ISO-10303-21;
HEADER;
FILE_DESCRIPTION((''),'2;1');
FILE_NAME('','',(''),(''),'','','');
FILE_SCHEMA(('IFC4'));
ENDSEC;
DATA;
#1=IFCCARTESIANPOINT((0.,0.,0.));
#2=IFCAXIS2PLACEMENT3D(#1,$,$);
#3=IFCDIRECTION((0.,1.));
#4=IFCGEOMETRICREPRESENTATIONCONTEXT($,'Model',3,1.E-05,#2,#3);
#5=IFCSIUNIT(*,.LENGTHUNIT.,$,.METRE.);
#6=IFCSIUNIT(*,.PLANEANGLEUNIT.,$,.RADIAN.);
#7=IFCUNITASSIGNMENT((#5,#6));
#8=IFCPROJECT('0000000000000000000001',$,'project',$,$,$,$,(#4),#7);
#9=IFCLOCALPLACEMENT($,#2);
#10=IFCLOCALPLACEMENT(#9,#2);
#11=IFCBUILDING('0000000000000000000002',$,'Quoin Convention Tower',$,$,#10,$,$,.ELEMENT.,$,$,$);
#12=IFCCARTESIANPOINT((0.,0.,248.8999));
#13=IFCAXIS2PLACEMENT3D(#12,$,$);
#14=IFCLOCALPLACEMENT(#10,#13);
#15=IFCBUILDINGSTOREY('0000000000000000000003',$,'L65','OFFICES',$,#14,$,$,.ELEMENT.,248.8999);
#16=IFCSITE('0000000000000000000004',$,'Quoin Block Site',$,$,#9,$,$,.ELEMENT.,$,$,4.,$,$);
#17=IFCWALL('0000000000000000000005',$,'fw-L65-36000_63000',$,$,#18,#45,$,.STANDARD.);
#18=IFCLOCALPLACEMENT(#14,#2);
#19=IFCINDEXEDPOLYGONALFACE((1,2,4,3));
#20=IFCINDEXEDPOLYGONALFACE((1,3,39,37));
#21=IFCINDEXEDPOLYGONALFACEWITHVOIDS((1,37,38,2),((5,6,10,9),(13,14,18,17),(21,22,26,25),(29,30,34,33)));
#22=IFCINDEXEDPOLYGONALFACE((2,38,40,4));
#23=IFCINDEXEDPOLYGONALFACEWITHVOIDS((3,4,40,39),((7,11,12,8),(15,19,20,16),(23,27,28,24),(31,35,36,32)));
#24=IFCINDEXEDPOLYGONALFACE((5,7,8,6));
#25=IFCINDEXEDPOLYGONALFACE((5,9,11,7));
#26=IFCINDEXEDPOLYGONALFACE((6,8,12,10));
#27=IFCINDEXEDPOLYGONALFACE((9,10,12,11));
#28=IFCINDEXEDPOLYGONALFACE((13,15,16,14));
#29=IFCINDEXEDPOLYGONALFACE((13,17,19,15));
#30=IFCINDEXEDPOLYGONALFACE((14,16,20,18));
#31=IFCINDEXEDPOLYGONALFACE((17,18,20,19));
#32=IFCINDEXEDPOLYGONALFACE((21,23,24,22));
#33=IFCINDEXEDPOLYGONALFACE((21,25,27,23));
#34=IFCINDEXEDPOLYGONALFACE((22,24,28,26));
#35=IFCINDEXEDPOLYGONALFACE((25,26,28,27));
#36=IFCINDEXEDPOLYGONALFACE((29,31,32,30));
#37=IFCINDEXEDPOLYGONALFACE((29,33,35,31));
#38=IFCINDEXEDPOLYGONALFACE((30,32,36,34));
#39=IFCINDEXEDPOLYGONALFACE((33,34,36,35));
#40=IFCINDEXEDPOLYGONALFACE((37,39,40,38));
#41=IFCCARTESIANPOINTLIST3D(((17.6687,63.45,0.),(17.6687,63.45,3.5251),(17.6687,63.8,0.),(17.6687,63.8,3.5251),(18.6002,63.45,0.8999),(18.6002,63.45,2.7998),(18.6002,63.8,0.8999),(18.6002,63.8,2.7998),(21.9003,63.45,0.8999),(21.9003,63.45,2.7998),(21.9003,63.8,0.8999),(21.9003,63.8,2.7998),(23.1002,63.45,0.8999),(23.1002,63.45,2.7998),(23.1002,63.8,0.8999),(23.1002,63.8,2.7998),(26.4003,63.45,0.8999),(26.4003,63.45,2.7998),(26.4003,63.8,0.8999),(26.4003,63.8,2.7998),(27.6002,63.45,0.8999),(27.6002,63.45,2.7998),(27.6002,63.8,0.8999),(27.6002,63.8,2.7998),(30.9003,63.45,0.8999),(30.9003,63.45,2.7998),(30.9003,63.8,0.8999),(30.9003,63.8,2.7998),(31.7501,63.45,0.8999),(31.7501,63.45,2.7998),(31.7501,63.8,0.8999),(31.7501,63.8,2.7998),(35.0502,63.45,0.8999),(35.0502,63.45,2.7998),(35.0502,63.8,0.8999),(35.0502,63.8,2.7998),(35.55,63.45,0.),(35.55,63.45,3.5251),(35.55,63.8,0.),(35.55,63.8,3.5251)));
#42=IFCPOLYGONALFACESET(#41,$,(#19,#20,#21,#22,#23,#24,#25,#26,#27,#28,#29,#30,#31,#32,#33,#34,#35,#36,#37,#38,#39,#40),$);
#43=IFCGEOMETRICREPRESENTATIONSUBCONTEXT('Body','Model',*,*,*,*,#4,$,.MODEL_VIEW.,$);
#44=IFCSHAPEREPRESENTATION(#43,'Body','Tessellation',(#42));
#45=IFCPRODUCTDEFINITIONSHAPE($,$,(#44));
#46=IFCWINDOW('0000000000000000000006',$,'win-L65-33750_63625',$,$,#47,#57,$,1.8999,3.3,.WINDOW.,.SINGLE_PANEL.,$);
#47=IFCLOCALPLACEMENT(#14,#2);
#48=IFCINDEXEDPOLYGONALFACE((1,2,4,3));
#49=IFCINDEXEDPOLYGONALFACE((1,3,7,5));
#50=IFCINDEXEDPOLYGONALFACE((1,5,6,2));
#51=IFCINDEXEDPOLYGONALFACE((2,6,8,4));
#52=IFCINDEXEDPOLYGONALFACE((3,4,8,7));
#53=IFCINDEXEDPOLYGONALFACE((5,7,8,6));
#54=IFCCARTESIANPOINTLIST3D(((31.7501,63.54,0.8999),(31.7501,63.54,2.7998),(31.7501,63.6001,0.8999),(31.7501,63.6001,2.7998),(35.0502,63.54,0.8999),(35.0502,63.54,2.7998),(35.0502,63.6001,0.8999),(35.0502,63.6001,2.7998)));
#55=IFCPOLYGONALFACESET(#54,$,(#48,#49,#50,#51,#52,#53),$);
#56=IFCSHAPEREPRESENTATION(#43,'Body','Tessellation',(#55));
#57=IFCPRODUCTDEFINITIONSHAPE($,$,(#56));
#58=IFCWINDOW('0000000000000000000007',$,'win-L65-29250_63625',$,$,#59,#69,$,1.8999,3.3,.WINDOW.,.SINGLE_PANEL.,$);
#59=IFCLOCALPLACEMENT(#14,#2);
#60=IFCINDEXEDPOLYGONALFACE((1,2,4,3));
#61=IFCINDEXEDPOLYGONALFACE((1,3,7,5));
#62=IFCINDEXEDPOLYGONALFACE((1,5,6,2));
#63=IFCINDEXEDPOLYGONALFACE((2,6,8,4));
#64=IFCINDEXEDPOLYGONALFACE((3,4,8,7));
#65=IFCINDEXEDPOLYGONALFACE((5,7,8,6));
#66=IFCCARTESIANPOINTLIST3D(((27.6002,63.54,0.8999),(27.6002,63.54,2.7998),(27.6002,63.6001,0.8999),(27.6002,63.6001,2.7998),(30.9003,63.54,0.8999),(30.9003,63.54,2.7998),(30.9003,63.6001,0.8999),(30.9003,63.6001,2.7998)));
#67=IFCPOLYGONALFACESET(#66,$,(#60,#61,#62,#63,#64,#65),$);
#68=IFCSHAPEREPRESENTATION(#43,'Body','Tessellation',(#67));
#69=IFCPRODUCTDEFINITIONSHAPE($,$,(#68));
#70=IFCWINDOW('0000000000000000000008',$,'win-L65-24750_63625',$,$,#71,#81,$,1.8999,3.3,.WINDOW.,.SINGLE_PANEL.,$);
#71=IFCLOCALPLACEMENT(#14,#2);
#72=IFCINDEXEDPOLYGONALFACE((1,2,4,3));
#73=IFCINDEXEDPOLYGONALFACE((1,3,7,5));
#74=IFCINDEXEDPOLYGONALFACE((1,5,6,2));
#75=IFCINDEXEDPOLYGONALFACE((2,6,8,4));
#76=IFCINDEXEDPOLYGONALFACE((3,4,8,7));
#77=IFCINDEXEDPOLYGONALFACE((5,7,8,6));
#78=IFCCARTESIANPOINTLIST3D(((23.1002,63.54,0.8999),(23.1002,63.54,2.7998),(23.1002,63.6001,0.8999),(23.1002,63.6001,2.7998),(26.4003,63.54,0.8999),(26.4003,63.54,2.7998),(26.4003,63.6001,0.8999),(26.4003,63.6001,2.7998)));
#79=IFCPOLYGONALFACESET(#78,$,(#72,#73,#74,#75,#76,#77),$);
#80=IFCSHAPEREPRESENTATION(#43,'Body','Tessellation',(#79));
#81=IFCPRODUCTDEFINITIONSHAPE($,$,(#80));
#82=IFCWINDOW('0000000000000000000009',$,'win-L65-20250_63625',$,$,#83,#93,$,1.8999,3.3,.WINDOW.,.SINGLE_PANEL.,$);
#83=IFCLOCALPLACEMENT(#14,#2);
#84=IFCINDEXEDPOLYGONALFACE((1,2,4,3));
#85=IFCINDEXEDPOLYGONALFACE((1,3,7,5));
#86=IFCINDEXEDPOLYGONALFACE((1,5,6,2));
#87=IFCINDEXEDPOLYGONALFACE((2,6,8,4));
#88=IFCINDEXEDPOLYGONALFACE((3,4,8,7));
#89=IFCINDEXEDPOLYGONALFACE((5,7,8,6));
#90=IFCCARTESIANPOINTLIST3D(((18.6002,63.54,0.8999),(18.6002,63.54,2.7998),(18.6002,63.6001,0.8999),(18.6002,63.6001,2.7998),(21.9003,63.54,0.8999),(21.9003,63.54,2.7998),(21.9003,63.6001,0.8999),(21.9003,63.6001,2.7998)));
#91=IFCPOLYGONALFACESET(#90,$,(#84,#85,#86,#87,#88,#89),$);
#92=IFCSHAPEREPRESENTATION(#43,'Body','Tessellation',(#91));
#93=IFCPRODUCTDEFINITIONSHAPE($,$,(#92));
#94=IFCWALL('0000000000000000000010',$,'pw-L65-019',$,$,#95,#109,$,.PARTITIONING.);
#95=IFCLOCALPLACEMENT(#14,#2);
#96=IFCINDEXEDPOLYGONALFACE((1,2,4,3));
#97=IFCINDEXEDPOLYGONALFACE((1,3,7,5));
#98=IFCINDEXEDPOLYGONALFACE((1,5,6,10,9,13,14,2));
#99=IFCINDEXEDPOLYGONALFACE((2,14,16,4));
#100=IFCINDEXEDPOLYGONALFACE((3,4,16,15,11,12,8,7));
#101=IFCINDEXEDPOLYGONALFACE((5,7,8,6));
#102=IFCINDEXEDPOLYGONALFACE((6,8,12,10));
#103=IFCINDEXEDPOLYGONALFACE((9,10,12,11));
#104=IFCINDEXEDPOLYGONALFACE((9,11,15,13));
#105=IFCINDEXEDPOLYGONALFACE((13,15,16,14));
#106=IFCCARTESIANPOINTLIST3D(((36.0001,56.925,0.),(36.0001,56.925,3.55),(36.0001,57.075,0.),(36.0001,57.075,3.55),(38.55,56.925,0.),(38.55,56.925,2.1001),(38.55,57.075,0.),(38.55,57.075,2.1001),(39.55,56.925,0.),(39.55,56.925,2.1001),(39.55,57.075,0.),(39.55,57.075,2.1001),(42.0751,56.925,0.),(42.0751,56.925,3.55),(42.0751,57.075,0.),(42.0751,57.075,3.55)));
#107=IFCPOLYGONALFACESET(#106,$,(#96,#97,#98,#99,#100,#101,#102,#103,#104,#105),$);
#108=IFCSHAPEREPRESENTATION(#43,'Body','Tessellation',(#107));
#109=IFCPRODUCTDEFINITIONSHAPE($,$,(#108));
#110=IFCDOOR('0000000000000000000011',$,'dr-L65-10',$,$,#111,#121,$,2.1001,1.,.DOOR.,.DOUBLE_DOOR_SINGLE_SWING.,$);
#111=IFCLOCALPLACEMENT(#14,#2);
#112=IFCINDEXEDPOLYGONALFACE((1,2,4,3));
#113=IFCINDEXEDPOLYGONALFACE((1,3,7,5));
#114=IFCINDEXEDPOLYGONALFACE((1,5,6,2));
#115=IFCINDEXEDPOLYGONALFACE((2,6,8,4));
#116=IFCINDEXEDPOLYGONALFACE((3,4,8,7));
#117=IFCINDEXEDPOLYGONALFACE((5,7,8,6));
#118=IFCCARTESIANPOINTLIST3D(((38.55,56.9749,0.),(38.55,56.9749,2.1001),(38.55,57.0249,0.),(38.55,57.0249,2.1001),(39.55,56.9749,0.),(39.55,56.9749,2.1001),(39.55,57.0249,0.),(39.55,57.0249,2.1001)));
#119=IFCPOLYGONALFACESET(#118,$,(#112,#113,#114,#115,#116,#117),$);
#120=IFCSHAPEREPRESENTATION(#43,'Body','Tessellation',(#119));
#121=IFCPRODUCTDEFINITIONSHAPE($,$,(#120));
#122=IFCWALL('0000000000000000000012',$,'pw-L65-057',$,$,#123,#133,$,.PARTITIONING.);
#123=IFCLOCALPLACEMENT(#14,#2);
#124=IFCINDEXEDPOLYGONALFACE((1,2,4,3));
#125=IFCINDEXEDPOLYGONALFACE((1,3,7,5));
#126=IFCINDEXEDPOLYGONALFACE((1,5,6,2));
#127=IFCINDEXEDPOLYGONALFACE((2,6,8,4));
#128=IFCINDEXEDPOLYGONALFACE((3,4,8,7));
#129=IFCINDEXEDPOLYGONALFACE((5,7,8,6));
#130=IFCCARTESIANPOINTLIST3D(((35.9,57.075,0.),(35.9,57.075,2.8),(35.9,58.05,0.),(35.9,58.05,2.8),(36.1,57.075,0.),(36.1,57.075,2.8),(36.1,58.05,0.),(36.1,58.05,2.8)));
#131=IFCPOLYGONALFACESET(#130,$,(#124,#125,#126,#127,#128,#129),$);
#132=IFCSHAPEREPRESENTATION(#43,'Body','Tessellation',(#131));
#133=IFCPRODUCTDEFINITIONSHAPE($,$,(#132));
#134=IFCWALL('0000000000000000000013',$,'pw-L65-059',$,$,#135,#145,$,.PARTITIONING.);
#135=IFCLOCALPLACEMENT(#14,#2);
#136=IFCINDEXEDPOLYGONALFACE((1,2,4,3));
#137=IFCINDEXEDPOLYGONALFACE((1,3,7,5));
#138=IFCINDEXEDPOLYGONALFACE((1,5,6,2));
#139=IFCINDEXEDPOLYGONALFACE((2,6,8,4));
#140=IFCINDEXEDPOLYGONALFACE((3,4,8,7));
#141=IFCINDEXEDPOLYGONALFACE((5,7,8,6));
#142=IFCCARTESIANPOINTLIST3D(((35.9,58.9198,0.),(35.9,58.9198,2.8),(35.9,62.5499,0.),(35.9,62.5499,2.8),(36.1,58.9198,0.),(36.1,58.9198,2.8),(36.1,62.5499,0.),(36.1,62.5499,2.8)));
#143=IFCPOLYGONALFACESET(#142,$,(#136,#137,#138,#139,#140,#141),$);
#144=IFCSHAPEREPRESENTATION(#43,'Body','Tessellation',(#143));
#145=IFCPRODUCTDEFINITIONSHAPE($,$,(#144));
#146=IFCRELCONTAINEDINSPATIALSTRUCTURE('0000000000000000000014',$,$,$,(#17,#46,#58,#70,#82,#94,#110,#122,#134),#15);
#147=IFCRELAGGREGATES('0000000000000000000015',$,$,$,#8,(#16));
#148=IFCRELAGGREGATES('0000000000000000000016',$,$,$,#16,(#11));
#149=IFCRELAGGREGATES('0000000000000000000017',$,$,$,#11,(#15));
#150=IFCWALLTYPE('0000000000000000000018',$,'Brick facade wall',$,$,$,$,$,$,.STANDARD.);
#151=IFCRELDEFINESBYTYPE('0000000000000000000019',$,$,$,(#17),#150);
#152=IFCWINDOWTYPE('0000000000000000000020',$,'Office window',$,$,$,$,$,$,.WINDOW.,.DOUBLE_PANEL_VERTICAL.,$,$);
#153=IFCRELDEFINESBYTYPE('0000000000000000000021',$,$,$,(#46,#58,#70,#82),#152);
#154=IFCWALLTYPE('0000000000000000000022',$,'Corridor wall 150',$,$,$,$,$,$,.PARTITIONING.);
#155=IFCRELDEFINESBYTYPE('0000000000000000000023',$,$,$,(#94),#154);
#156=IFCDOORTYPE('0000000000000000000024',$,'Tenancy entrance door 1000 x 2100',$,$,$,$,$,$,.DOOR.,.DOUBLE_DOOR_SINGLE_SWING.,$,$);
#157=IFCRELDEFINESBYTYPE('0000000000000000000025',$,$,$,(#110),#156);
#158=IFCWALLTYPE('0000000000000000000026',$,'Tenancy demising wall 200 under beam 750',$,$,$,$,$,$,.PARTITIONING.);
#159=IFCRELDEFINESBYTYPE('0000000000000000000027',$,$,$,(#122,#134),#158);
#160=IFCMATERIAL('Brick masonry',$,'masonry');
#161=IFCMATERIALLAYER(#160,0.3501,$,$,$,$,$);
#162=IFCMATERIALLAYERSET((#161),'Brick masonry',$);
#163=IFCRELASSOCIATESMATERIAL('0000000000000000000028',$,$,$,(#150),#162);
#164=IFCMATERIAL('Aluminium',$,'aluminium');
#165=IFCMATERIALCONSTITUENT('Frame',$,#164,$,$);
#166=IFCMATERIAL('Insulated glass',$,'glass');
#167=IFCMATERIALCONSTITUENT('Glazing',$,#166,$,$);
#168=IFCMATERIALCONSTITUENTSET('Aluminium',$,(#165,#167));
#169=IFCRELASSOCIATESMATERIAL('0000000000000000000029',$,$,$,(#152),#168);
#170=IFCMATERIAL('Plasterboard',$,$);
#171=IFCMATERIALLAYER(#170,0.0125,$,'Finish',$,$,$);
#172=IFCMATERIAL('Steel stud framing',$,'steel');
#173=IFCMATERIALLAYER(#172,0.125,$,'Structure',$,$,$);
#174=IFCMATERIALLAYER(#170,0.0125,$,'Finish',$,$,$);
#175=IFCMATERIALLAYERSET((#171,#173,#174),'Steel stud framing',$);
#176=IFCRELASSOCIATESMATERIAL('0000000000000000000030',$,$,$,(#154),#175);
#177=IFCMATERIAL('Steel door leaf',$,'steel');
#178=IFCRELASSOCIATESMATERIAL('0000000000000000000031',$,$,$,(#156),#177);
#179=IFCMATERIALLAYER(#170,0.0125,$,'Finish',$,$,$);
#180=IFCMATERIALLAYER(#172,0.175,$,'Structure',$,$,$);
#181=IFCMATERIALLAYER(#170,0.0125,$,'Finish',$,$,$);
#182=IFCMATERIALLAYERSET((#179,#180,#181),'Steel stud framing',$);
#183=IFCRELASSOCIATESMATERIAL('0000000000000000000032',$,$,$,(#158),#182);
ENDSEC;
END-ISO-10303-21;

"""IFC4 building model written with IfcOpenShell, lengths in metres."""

from ifc_helpers import new_model, si_unit, direction, frame, frame_2d, origin, place, context, subcontext, project, spatial, rectangle, extrude, material, layer, layer_set, constituent, constituent_set, type_object, element, fill, save


model = new_model("IFC4")

# Units and contexts
model_context = context("Model", 3, precision=1e-05, world=origin(), true_north=direction((0.0, 1.0)))
body_context = subcontext(model_context, "Body", "Model", "MODEL_VIEW")
ifc_project = project(units=[si_unit("LENGTHUNIT", "METRE"), si_unit("PLANEANGLEUNIT", "RADIAN")], contexts=[model_context])

# Site, building, storey
site_placement = place(None, origin())
site = spatial("IfcSite", under=ifc_project, at=site_placement, Name="Quoin Block Site", CompositionType="ELEMENT", RefElevation=4.0)
building_placement = place(site_placement, origin())
building = spatial("IfcBuilding", under=site, at=building_placement, Name="Quoin Convention Tower", CompositionType="ELEMENT")
storey_placement = place(building_placement, frame((0.0, 0.0, 248.8999)))
storey = spatial("IfcBuildingStorey", under=building, at=storey_placement, Name="L65", Description="OFFICES", CompositionType="ELEMENT", Elevation=248.8999)

# Wall, openings, windows
ifc_material_1 = material(Name="Brick masonry", Category="masonry")
ifc_layer_1 = layer(ifc_material_1, 0.3501)
ifc_layer_set_1 = layer_set([ifc_layer_1], Name="Brick masonry")
wall_type_1 = type_object("IfcWallType", Name="Brick facade wall", PredefinedType="STANDARD", material=ifc_layer_set_1)
wall_1_placement = place(storey_placement, frame((35.55, 63.625, 0.0), z_axis=(0.0, 0.0, 1.0), x_axis=(-1.0, 0.0, 0.0)))
wall_1 = element("IfcWall", 1, at=wall_1_placement, inside=storey, type_object=wall_type_1, Name="fw-L65-36000_63000", PredefinedType="STANDARD", context=body_context, shape_type="SweptSolid", body=[
    extrude(rectangle(XDim=17.8813, YDim=0.3501, at=frame_2d((8.9407, 0.0))), origin(), (0.0, 0.0, 1.0), 3.5251),
])
opening_1_placement = place(wall_1_placement, frame((0.5, 0.0, 0.8999)))
opening_1 = element("IfcOpeningElement", 2, at=opening_1_placement, cuts=wall_1, PredefinedType="OPENING", context=body_context, shape_type="SweptSolid", body=[
    extrude(rectangle(XDim=3.3, YDim=1.8999, at=frame_2d((1.6499, 0.95))), frame((0.0, 0.1851, 0.0), z_axis=(0.0, -1.0, 0.0), x_axis=(1.0, 0.0, 0.0)), (0.0, 0.0, 1.0), 0.3701),
])
opening_2_placement = place(wall_1_placement, frame((4.6499, 0.0, 0.8999)))
opening_2 = element("IfcOpeningElement", 3, at=opening_2_placement, cuts=wall_1, PredefinedType="OPENING", context=body_context, shape_type="SweptSolid", body=[
    extrude(rectangle(XDim=3.3, YDim=1.8999, at=frame_2d((1.6499, 0.95))), frame((0.0, 0.1851, 0.0), z_axis=(0.0, -1.0, 0.0), x_axis=(1.0, 0.0, 0.0)), (0.0, 0.0, 1.0), 0.3701),
])
opening_3_placement = place(wall_1_placement, frame((9.1499, 0.0, 0.8999)))
opening_3 = element("IfcOpeningElement", 4, at=opening_3_placement, cuts=wall_1, PredefinedType="OPENING", context=body_context, shape_type="SweptSolid", body=[
    extrude(rectangle(XDim=3.3, YDim=1.8999, at=frame_2d((1.6499, 0.95))), frame((0.0, 0.1851, 0.0), z_axis=(0.0, -1.0, 0.0), x_axis=(1.0, 0.0, 0.0)), (0.0, 0.0, 1.0), 0.3701),
])
opening_4_placement = place(wall_1_placement, frame((13.6499, 0.0, 0.8999)))
opening_4 = element("IfcOpeningElement", 5, at=opening_4_placement, cuts=wall_1, PredefinedType="OPENING", context=body_context, shape_type="SweptSolid", body=[
    extrude(rectangle(XDim=3.3, YDim=1.8999, at=frame_2d((1.6499, 0.95))), frame((0.0, 0.1851, 0.0), z_axis=(0.0, -1.0, 0.0), x_axis=(1.0, 0.0, 0.0)), (0.0, 0.0, 1.0), 0.3701),
])
ifc_material_2 = material(Name="Aluminium", Category="aluminium")
ifc_constituent_1 = constituent(ifc_material_2, Name="Frame")
ifc_material_3 = material(Name="Insulated glass", Category="glass")
ifc_constituent_2 = constituent(ifc_material_3, Name="Glazing")
ifc_constituent_set = constituent_set(constituents=[ifc_constituent_1, ifc_constituent_2], Name="Aluminium")
window_type = type_object("IfcWindowType", Name="Office window", PartitioningType="DOUBLE_PANEL_VERTICAL", PredefinedType="WINDOW", material=ifc_constituent_set)
window_1_placement = place(opening_1_placement, origin())
window_1 = element("IfcWindow", 6, at=window_1_placement, inside=storey, type_object=window_type, Name="win-L65-33750_63625", OverallHeight=1.8999, OverallWidth=3.3, PartitioningType="SINGLE_PANEL", PredefinedType="WINDOW", context=body_context, shape_type="SweptSolid", body=[
    extrude(rectangle(XDim=3.3, YDim=1.8999, at=frame_2d((1.6499, 0.95))), frame((0.0, 0.085, 0.0), z_axis=(0.0, -1.0, 0.0), x_axis=(1.0, 0.0, 0.0)), (0.0, 0.0, 1.0), 0.0601),
])
fill(opening_1, window_1)
window_2_placement = place(opening_2_placement, origin())
window_2 = element("IfcWindow", 7, at=window_2_placement, inside=storey, type_object=window_type, Name="win-L65-29250_63625", OverallHeight=1.8999, OverallWidth=3.3, PartitioningType="SINGLE_PANEL", PredefinedType="WINDOW", context=body_context, shape_type="SweptSolid", body=[
    extrude(rectangle(XDim=3.3, YDim=1.8999, at=frame_2d((1.6499, 0.95))), frame((0.0, 0.085, 0.0), z_axis=(0.0, -1.0, 0.0), x_axis=(1.0, 0.0, 0.0)), (0.0, 0.0, 1.0), 0.0601),
])
fill(opening_2, window_2)
window_3_placement = place(opening_3_placement, origin())
window_3 = element("IfcWindow", 8, at=window_3_placement, inside=storey, type_object=window_type, Name="win-L65-24750_63625", OverallHeight=1.8999, OverallWidth=3.3, PartitioningType="SINGLE_PANEL", PredefinedType="WINDOW", context=body_context, shape_type="SweptSolid", body=[
    extrude(rectangle(XDim=3.3, YDim=1.8999, at=frame_2d((1.6499, 0.95))), frame((0.0, 0.085, 0.0), z_axis=(0.0, -1.0, 0.0), x_axis=(1.0, 0.0, 0.0)), (0.0, 0.0, 1.0), 0.0601),
])
fill(opening_3, window_3)
window_4_placement = place(opening_4_placement, origin())
window_4 = element("IfcWindow", 9, at=window_4_placement, inside=storey, type_object=window_type, Name="win-L65-20250_63625", OverallHeight=1.8999, OverallWidth=3.3, PartitioningType="SINGLE_PANEL", PredefinedType="WINDOW", context=body_context, shape_type="SweptSolid", body=[
    extrude(rectangle(XDim=3.3, YDim=1.8999, at=frame_2d((1.6499, 0.95))), frame((0.0, 0.085, 0.0), z_axis=(0.0, -1.0, 0.0), x_axis=(1.0, 0.0, 0.0)), (0.0, 0.0, 1.0), 0.0601),
])
fill(opening_4, window_4)

# Wall, opening, door
ifc_material_4 = material(Name="Plasterboard")
ifc_layer_2 = layer(ifc_material_4, 0.0125, Name="Finish")
ifc_material_5 = material(Name="Steel stud framing", Category="steel")
ifc_layer_3 = layer(ifc_material_5, 0.125, Name="Structure")
ifc_layer_4 = layer(ifc_material_4, 0.0125, Name="Finish")
ifc_layer_set_2 = layer_set([ifc_layer_2, ifc_layer_3, ifc_layer_4], Name="Steel stud framing")
wall_type_2 = type_object("IfcWallType", Name="Corridor wall 150", PredefinedType="PARTITIONING", material=ifc_layer_set_2)
wall_2_placement = place(storey_placement, frame((36.0, 57.0, 0.0), z_axis=(0.0, 0.0, 1.0), x_axis=(1.0, 0.0, 0.0)))
wall_2 = element("IfcWall", 10, at=wall_2_placement, inside=storey, type_object=wall_type_2, Name="pw-L65-019", PredefinedType="PARTITIONING", context=body_context, shape_type="SweptSolid", body=[
    extrude(rectangle(XDim=6.075, YDim=0.1499, at=frame_2d((3.0376, 0.0))), origin(), (0.0, 0.0, 1.0), 3.55),
])
opening_5_placement = place(wall_2_placement, frame((2.55, 0.0, 0.0)))
opening_5 = element("IfcOpeningElement", 11, at=opening_5_placement, cuts=wall_2, PredefinedType="OPENING", context=body_context, shape_type="SweptSolid", body=[
    extrude(rectangle(XDim=1.0, YDim=2.1001, at=frame_2d((0.5, 1.05))), frame((0.0, 0.085, 0.0), z_axis=(0.0, -1.0, 0.0), x_axis=(1.0, 0.0, 0.0)), (0.0, 0.0, 1.0), 0.1699),
])
ifc_material_6 = material(Name="Steel door leaf", Category="steel")
door_type = type_object("IfcDoorType", Name="Tenancy entrance door 1000 x 2100", OperationType="DOUBLE_DOOR_SINGLE_SWING", PredefinedType="DOOR", material=ifc_material_6)
door_placement = place(opening_5_placement, origin())
door = element("IfcDoor", 12, at=door_placement, inside=storey, type_object=door_type, Name="dr-L65-10", OperationType="DOUBLE_DOOR_SINGLE_SWING", OverallHeight=2.1001, OverallWidth=1.0, PredefinedType="DOOR", context=body_context, shape_type="SweptSolid", body=[
    extrude(rectangle(XDim=1.0, YDim=2.1001, at=frame_2d((0.5, 1.05))), frame((0.0, 0.0249, 0.0), z_axis=(0.0, -1.0, 0.0), x_axis=(1.0, 0.0, 0.0)), (0.0, 0.0, 1.0), 0.05),
])
fill(opening_5, door)

# Walls
ifc_layer_5 = layer(ifc_material_4, 0.0125, Name="Finish")
ifc_layer_6 = layer(ifc_material_5, 0.175, Name="Structure")
ifc_layer_7 = layer(ifc_material_4, 0.0125, Name="Finish")
ifc_layer_set_3 = layer_set([ifc_layer_5, ifc_layer_6, ifc_layer_7], Name="Steel stud framing")
wall_type_3 = type_object("IfcWallType", Name="Tenancy demising wall 200 under beam 750", PredefinedType="PARTITIONING", material=ifc_layer_set_3)
wall_3_placement = place(storey_placement, frame((36.0, 57.075, 0.0), z_axis=(0.0, 0.0, 1.0), x_axis=(0.0, 1.0, 0.0)))
element("IfcWall", 13, at=wall_3_placement, inside=storey, type_object=wall_type_3, Name="pw-L65-057", PredefinedType="PARTITIONING", context=body_context, shape_type="SweptSolid", body=[
    extrude(rectangle(XDim=0.9751, YDim=0.2, at=frame_2d((0.4875, 0.0))), origin(), (0.0, 0.0, 1.0), 2.8),
])
wall_4_placement = place(storey_placement, frame((36.0, 58.9199, 0.0), z_axis=(0.0, 0.0, 1.0), x_axis=(0.0, 1.0, 0.0)))
element("IfcWall", 14, at=wall_4_placement, inside=storey, type_object=wall_type_3, Name="pw-L65-059", PredefinedType="PARTITIONING", context=body_context, shape_type="SweptSolid", body=[
    extrude(rectangle(XDim=3.6301, YDim=0.2, at=frame_2d((1.8149, 0.0))), origin(), (0.0, 0.0, 1.0), 2.8),
])

save(model, "model.ifc")
